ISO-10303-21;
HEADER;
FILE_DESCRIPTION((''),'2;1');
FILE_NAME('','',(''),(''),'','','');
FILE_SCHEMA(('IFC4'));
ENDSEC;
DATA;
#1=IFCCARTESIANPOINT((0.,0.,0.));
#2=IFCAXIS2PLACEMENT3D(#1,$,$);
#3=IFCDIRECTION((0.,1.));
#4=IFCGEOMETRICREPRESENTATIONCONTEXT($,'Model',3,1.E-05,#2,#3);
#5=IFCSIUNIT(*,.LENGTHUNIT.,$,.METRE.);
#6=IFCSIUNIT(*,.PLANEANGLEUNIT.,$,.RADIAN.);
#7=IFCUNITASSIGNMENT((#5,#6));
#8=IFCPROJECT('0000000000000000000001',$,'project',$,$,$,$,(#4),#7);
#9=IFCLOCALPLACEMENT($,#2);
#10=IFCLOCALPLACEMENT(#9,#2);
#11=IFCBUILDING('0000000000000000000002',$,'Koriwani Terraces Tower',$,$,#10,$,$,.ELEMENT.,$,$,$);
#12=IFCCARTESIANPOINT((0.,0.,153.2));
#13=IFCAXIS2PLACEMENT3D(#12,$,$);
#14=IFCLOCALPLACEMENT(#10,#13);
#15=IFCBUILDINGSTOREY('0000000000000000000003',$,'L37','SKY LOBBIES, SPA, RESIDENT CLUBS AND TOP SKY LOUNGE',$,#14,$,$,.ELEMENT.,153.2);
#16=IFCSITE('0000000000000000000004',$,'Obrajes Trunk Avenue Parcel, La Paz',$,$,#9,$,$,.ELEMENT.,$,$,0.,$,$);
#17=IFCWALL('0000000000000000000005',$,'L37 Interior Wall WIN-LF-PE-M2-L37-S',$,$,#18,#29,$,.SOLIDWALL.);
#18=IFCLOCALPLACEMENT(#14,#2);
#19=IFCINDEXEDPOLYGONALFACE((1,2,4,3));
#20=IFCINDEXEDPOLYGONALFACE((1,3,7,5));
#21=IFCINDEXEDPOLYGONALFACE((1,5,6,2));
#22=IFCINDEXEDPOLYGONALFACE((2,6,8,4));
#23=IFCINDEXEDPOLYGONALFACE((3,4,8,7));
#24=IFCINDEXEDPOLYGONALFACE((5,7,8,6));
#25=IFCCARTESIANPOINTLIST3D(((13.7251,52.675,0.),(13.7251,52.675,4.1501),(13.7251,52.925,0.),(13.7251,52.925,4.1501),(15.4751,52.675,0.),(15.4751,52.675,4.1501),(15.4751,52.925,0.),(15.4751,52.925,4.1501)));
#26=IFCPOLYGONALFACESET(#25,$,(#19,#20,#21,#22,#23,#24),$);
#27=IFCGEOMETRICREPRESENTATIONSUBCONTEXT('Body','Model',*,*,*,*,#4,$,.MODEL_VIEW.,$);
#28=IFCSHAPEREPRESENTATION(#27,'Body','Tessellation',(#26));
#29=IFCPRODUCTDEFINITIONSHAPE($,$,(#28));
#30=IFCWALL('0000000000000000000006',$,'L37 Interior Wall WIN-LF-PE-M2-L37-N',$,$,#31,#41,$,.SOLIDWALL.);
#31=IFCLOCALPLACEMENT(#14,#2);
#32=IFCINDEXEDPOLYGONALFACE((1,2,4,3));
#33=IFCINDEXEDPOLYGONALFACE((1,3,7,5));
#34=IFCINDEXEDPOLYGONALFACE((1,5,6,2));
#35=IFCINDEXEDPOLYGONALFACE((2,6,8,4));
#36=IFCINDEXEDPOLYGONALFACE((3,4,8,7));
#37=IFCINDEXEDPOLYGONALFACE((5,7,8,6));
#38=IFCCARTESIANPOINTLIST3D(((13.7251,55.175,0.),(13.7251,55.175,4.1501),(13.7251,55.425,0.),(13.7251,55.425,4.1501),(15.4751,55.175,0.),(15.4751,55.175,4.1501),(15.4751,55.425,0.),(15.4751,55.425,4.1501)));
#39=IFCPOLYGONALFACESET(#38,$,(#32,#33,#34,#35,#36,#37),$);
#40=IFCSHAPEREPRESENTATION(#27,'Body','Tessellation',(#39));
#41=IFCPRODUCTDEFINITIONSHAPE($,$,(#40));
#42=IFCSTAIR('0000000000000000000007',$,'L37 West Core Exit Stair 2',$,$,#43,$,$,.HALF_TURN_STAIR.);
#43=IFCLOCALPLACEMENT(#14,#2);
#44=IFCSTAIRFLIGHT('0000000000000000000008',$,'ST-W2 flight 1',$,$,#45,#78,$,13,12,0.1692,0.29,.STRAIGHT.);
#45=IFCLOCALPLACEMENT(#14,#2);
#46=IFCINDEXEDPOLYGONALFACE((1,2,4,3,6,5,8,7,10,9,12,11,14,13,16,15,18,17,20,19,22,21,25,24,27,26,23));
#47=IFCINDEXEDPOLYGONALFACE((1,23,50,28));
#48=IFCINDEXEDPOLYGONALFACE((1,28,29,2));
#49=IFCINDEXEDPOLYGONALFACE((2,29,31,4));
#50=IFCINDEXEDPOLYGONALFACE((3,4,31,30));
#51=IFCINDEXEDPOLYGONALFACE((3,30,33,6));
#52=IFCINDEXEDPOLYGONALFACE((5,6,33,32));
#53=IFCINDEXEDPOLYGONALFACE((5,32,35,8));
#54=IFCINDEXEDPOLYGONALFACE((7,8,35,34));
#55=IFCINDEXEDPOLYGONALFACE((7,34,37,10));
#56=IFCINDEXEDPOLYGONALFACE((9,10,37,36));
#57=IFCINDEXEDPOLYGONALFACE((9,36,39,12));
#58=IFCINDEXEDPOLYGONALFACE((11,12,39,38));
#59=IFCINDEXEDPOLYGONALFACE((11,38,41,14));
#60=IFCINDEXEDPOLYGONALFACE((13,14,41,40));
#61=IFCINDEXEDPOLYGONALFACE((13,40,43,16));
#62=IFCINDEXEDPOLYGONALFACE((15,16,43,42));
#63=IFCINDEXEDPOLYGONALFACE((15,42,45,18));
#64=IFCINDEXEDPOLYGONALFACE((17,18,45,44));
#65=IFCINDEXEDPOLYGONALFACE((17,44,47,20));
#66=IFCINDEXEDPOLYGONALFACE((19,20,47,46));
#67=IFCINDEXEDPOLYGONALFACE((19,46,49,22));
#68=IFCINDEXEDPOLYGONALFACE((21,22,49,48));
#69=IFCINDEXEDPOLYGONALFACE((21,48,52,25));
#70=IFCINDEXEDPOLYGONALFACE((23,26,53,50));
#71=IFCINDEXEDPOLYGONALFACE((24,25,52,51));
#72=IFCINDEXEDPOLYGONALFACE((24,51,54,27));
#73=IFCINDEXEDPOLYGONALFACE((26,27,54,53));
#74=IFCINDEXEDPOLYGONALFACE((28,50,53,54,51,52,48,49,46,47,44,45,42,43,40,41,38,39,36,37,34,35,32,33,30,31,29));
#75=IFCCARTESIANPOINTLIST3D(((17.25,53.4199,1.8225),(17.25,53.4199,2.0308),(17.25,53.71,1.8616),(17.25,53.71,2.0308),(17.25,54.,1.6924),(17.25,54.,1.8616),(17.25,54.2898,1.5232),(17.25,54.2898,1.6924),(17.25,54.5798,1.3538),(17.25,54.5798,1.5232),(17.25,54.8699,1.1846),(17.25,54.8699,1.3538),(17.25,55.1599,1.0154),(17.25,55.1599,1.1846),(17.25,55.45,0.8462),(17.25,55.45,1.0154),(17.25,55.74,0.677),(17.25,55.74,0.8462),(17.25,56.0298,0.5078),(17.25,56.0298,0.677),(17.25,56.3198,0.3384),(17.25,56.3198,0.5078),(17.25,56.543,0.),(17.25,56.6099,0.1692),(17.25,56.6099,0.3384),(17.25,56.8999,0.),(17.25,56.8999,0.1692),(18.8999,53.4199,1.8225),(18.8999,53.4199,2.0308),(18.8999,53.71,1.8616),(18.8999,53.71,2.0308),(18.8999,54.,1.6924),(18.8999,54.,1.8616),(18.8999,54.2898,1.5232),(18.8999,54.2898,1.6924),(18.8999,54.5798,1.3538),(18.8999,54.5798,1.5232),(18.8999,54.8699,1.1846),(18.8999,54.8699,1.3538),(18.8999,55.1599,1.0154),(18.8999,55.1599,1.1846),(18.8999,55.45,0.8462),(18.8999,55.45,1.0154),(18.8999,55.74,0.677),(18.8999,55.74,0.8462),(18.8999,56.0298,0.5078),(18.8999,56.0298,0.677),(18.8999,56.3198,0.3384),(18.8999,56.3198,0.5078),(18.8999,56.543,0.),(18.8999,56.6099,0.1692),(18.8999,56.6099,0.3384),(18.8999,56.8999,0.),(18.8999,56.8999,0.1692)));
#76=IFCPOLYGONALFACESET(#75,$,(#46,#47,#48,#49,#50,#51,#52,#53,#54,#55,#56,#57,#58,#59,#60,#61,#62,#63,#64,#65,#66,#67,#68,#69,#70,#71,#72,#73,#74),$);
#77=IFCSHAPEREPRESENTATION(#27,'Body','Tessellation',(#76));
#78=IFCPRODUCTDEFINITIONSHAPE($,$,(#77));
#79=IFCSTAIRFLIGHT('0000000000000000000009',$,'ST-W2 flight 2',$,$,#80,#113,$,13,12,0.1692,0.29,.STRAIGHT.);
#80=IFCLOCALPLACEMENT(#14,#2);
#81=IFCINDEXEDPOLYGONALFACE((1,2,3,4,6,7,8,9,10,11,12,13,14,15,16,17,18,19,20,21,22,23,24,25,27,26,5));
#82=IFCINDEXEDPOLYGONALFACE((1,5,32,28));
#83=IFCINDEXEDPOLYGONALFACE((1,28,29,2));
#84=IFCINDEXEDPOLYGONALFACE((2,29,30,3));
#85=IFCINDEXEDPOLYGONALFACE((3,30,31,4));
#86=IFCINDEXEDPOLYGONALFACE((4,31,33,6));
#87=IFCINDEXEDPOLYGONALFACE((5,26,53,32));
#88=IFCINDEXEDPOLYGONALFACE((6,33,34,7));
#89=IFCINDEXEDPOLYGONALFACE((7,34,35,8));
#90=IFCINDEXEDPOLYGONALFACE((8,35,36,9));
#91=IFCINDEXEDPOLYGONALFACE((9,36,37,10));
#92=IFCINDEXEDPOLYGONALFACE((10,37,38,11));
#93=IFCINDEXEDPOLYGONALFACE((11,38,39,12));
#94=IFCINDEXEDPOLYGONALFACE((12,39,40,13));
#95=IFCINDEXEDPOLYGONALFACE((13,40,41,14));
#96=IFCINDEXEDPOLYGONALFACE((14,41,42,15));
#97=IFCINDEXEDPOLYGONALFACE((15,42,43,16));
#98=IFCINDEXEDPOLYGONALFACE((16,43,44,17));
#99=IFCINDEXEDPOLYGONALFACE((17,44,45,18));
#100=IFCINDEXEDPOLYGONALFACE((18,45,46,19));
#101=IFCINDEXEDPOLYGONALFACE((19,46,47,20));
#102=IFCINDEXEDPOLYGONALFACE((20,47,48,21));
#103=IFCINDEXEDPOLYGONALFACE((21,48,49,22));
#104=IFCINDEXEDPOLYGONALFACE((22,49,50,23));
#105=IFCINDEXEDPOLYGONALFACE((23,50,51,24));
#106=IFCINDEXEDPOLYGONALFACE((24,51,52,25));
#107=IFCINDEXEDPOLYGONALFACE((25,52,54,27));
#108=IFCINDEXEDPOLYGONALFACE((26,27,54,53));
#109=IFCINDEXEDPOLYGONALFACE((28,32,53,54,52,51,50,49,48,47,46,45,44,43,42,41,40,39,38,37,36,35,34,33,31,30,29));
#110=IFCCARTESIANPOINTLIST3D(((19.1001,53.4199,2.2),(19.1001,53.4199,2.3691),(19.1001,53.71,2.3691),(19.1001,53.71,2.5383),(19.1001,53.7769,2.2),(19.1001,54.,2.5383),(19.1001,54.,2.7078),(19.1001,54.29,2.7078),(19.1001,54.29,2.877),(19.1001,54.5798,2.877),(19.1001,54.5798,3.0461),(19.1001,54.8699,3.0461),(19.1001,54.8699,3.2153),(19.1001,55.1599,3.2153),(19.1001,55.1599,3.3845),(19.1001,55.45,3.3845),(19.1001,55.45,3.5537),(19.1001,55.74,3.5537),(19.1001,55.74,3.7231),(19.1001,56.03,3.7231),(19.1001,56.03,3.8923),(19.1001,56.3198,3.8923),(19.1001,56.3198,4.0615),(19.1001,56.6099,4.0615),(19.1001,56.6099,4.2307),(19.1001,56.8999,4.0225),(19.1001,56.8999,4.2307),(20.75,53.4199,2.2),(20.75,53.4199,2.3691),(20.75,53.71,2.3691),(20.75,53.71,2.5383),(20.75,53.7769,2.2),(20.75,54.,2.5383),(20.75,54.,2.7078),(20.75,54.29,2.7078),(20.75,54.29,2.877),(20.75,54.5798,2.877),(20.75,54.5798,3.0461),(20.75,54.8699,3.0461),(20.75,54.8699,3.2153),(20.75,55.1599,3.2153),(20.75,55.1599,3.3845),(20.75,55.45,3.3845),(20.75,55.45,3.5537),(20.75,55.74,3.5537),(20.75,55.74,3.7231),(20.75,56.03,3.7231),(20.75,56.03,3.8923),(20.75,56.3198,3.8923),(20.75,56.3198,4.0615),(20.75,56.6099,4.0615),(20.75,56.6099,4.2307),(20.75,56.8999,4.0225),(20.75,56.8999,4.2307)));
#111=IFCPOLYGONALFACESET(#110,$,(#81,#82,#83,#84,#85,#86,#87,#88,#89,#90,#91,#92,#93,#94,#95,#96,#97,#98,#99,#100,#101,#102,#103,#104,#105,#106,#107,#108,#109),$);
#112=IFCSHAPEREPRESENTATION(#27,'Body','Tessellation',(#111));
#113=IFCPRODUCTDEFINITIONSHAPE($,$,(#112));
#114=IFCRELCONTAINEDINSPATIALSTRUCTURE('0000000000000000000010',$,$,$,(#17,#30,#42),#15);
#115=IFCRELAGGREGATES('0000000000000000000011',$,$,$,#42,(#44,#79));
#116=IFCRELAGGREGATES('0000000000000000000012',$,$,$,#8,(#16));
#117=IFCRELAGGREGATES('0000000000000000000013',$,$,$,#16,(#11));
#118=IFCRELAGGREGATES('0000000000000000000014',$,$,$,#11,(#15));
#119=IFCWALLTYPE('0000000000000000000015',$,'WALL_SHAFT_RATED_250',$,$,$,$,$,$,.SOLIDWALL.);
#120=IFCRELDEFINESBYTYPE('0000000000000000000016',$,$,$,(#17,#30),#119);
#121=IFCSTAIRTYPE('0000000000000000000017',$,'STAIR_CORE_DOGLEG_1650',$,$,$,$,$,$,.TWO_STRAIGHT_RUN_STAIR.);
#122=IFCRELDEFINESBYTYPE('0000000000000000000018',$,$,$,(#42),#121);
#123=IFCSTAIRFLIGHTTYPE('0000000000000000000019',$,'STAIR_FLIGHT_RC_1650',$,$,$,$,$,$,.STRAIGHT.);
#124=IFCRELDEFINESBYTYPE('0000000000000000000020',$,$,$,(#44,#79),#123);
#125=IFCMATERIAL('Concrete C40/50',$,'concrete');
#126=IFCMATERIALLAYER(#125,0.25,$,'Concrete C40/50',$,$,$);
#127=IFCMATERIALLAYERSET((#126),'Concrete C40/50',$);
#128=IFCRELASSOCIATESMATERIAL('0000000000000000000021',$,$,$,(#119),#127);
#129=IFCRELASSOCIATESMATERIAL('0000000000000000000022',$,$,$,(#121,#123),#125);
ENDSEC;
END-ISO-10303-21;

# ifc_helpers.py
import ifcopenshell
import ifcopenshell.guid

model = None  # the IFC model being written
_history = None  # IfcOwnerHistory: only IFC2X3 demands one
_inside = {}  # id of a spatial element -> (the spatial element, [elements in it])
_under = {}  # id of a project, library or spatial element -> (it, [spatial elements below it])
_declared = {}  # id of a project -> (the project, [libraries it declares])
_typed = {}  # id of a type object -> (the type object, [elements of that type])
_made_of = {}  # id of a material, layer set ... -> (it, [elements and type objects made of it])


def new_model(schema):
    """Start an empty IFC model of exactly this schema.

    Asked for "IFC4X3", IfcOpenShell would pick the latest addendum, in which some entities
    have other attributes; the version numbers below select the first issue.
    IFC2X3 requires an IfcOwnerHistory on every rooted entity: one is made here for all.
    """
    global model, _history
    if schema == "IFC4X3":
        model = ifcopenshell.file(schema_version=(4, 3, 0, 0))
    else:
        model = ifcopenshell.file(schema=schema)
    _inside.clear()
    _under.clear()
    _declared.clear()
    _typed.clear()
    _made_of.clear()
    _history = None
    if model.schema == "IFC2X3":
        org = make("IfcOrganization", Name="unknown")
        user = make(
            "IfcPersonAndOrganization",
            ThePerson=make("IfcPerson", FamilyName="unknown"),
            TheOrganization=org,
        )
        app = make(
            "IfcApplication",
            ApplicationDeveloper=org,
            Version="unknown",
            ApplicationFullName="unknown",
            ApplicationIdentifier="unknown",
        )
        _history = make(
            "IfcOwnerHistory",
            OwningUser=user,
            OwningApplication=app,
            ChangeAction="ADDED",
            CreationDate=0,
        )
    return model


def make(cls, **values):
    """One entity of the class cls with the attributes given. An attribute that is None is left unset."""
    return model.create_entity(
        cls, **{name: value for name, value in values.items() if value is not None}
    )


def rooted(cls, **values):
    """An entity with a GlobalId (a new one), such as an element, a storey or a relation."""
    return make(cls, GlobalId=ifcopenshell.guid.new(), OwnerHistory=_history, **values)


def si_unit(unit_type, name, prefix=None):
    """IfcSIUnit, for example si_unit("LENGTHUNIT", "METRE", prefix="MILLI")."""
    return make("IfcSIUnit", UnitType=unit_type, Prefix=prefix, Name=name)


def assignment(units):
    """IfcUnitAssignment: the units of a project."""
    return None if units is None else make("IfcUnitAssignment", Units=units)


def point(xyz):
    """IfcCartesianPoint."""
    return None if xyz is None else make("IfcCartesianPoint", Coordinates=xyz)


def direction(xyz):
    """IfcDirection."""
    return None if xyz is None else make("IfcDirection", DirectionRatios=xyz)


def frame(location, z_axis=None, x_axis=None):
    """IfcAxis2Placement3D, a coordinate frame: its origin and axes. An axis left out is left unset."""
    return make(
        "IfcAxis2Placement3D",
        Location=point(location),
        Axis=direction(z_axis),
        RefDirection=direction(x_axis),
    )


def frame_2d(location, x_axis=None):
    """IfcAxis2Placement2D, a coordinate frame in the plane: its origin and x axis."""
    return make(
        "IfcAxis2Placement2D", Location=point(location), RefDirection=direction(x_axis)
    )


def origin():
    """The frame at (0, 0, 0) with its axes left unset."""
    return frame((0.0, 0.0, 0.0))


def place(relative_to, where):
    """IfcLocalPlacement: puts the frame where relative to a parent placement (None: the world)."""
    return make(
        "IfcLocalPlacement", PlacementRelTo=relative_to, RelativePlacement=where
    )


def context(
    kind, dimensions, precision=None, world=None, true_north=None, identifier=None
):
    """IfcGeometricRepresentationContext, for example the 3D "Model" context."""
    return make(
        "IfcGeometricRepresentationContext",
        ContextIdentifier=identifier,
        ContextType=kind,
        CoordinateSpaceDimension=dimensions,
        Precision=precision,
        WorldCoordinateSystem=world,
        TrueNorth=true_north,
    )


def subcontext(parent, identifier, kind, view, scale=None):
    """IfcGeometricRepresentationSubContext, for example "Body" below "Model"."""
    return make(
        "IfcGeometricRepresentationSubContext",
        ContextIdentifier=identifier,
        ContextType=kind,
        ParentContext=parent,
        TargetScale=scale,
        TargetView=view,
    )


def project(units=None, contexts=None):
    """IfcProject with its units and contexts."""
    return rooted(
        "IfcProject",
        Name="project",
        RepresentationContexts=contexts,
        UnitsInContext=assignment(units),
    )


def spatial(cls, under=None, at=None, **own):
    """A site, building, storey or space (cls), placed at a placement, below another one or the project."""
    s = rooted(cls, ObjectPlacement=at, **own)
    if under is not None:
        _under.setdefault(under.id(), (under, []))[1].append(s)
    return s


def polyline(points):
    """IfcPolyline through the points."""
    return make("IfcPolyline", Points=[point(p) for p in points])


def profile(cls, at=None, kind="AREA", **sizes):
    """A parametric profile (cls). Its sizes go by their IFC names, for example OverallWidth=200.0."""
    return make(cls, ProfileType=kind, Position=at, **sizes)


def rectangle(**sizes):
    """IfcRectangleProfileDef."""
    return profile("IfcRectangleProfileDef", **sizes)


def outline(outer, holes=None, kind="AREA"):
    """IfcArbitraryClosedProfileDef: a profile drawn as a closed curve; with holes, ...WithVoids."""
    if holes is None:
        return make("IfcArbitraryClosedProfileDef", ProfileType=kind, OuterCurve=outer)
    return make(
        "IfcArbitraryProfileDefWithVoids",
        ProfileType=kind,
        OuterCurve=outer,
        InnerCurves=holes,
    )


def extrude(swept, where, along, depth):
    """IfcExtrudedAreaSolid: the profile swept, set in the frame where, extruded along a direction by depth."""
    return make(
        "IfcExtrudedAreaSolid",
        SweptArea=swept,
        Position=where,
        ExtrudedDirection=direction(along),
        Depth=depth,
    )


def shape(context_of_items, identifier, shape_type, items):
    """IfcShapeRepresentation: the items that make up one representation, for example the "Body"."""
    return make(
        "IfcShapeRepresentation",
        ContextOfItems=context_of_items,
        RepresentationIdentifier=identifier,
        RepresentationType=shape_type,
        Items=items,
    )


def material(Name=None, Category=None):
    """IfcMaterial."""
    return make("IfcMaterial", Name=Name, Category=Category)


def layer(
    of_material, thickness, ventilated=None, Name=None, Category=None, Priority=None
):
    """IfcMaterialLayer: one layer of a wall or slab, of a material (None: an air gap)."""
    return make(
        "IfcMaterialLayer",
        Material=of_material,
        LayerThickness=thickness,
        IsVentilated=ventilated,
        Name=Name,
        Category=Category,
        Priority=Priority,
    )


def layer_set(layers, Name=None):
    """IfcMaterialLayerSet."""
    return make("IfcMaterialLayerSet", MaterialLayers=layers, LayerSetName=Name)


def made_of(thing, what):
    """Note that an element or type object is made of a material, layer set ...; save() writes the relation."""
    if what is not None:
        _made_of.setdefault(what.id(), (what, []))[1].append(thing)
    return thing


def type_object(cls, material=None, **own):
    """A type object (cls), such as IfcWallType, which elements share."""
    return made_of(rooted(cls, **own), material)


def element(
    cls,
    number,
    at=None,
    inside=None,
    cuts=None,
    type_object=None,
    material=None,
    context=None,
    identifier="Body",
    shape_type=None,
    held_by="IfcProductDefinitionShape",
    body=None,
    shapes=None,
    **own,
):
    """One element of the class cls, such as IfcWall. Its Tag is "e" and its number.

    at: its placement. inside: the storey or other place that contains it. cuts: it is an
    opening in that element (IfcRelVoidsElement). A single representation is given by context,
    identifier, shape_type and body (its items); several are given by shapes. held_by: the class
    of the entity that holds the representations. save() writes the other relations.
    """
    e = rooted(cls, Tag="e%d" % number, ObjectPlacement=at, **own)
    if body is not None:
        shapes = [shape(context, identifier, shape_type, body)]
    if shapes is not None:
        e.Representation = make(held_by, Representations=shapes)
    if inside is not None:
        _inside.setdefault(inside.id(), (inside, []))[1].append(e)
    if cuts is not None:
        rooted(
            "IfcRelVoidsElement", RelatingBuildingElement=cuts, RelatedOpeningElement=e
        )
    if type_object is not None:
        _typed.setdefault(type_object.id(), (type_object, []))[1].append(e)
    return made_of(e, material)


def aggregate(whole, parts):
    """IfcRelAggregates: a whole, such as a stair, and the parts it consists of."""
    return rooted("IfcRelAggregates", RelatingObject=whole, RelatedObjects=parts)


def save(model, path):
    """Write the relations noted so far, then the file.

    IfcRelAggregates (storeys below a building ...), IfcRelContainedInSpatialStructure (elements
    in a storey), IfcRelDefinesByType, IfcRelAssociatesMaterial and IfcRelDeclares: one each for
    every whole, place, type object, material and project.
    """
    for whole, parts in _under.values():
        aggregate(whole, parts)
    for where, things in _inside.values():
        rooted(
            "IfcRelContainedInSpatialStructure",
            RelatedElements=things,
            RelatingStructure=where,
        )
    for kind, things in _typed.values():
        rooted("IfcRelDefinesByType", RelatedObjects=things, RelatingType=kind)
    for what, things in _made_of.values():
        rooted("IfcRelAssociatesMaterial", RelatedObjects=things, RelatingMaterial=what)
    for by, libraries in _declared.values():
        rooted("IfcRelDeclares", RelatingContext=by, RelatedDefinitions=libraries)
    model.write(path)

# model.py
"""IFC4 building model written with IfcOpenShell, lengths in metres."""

from ifc_helpers import new_model, si_unit, direction, frame, frame_2d, origin, place, context, subcontext, project, spatial, polyline, rectangle, outline, extrude, material, layer, layer_set, type_object, element, aggregate, save


model = new_model("IFC4")

# Units and contexts
model_context = context("Model", 3, precision=1e-05, world=origin(), true_north=direction((0.0, 1.0)))
body_context = subcontext(model_context, "Body", "Model", "MODEL_VIEW")
ifc_project = project(units=[si_unit("LENGTHUNIT", "METRE"), si_unit("PLANEANGLEUNIT", "RADIAN")], contexts=[model_context])

# Site, building, storey
site_placement = place(None, origin())
site = spatial("IfcSite", under=ifc_project, at=site_placement, Name="Obrajes Trunk Avenue Parcel, La Paz", CompositionType="ELEMENT", RefElevation=0.0)
building_placement = place(site_placement, origin())
building = spatial("IfcBuilding", under=site, at=building_placement, Name="Koriwani Terraces Tower", CompositionType="ELEMENT")
storey_placement = place(building_placement, frame((0.0, 0.0, 153.2)))
storey = spatial("IfcBuildingStorey", under=building, at=storey_placement, Name="L37", Description="SKY LOBBIES, SPA, RESIDENT CLUBS AND TOP SKY LOUNGE", CompositionType="ELEMENT", Elevation=153.2)

# Shared definitions
ifc_material_1 = material(Name="Concrete C40/50", Category="concrete")

# Shared definitions
ifc_layer = layer(ifc_material_1, 0.25, Name="Concrete C40/50")
ifc_layer_set = layer_set([ifc_layer], Name="Concrete C40/50")
wall_type = type_object("IfcWallType", Name="WALL_SHAFT_RATED_250", PredefinedType="SOLIDWALL", material=ifc_layer_set)

# Walls
for number, where, z_axis, x_axis, name in (
    (1, (13.7251, 52.8, 0.0), (0.0, 0.0, 1.0), (1.0, 0.0, 0.0), "L37 Interior Wall WIN-LF-PE-M2-L37-S"),
    (2, (13.7251, 55.3, 0.0), (0.0, 0.0, 1.0), (1.0, 0.0, 0.0), "L37 Interior Wall WIN-LF-PE-M2-L37-N"),
):
    element("IfcWall", number, at=place(storey_placement, frame(where, z_axis=z_axis, x_axis=x_axis)), inside=storey, type_object=wall_type, Name=name, PredefinedType="SOLIDWALL", context=body_context, shape_type="SweptSolid", body=[
        extrude(rectangle(XDim=1.75, YDim=0.25, at=frame_2d((0.875, 0.0))), origin(), (0.0, 0.0, 1.0), 4.1501),
    ])

# Stair, stair flights
stair_type = type_object("IfcStairType", Name="STAIR_CORE_DOGLEG_1650", PredefinedType="TWO_STRAIGHT_RUN_STAIR", material=ifc_material_1)
stair_placement = place(storey_placement, origin())
stair = element("IfcStair", 3, at=stair_placement, inside=storey, type_object=stair_type, Name="L37 West Core Exit Stair 2", PredefinedType="HALF_TURN_STAIR")
stair_flight_type = type_object("IfcStairFlightType", Name="STAIR_FLIGHT_RC_1650", PredefinedType="STRAIGHT", material=ifc_material_1)
stair_flight_1_placement = place(storey_placement, frame((18.075, 56.8999, 0.0), z_axis=(0.0, 0.0, 1.0), x_axis=(0.0, -1.0, 0.0)))
stair_flight_1 = element("IfcStairFlight", 4, at=stair_flight_1_placement, type_object=stair_flight_type, Name="ST-W2 flight 1", NumberOfRisers=13, NumberOfTreads=12, PredefinedType="STRAIGHT", RiserHeight=0.1692, TreadLength=0.29, context=body_context, shape_type="SweptSolid", body=[
    extrude(outline(polyline([(0.0, 0.0), (0.0, 0.1692), (0.29, 0.1692), (0.29, 0.3384), (0.5801, 0.3384), (0.5801, 0.5078), (0.8701, 0.5078), (0.8701, 0.677), (1.1599, 0.677), (1.1599, 0.8462), (1.45, 0.8462), (1.45, 1.0154), (1.74, 1.0154), (1.74, 1.1846), (2.03, 1.1846), (2.03, 1.3538), (2.3201, 1.3538), (2.3201, 1.5232), (2.6101, 1.5232), (2.6101, 1.6924), (2.8999, 1.6924), (2.8999, 1.8616), (3.1899, 1.8616), (3.1899, 2.0308), (3.48, 2.0308), (3.48, 2.2), (3.48, 1.8225), (0.3569, 0.0), (0.0, 0.0)])), frame((0.0, 0.825, 0.0), z_axis=(0.0, -1.0, 0.0), x_axis=(1.0, 0.0, 0.0)), (0.0, 0.0, 1.0), 1.6499),
])
stair_flight_2_placement = place(storey_placement, frame((19.925, 53.4199, 2.2), z_axis=(0.0, 0.0, 1.0), x_axis=(0.0, 1.0, 0.0)))
stair_flight_2 = element("IfcStairFlight", 5, at=stair_flight_2_placement, type_object=stair_flight_type, Name="ST-W2 flight 2", NumberOfRisers=13, NumberOfTreads=12, PredefinedType="STRAIGHT", RiserHeight=0.1692, TreadLength=0.29, context=body_context, shape_type="SweptSolid", body=[
    extrude(outline(polyline([(0.0, 0.0), (0.0, 0.1692), (0.29, 0.1692), (0.29, 0.3384), (0.5801, 0.3384), (0.5801, 0.5078), (0.8701, 0.5078), (0.8701, 0.677), (1.1599, 0.677), (1.1599, 0.8462), (1.45, 0.8462), (1.45, 1.0154), (1.74, 1.0154), (1.74, 1.1846), (2.03, 1.1846), (2.03, 1.3538), (2.3201, 1.3538), (2.3201, 1.5232), (2.6101, 1.5232), (2.6101, 1.6924), (2.8999, 1.6924), (2.8999, 1.8616), (3.1899, 1.8616), (3.1899, 2.0308), (3.48, 2.0308), (3.48, 2.2), (3.48, 1.8225), (0.3569, 0.0), (0.0, 0.0)])), frame((0.0, 0.825, 0.0), z_axis=(0.0, -1.0, 0.0), x_axis=(1.0, 0.0, 0.0)), (0.0, 0.0, 1.0), 1.6499),
])
aggregate(stair, [stair_flight_1, stair_flight_2])

save(model, "model.ifc")
